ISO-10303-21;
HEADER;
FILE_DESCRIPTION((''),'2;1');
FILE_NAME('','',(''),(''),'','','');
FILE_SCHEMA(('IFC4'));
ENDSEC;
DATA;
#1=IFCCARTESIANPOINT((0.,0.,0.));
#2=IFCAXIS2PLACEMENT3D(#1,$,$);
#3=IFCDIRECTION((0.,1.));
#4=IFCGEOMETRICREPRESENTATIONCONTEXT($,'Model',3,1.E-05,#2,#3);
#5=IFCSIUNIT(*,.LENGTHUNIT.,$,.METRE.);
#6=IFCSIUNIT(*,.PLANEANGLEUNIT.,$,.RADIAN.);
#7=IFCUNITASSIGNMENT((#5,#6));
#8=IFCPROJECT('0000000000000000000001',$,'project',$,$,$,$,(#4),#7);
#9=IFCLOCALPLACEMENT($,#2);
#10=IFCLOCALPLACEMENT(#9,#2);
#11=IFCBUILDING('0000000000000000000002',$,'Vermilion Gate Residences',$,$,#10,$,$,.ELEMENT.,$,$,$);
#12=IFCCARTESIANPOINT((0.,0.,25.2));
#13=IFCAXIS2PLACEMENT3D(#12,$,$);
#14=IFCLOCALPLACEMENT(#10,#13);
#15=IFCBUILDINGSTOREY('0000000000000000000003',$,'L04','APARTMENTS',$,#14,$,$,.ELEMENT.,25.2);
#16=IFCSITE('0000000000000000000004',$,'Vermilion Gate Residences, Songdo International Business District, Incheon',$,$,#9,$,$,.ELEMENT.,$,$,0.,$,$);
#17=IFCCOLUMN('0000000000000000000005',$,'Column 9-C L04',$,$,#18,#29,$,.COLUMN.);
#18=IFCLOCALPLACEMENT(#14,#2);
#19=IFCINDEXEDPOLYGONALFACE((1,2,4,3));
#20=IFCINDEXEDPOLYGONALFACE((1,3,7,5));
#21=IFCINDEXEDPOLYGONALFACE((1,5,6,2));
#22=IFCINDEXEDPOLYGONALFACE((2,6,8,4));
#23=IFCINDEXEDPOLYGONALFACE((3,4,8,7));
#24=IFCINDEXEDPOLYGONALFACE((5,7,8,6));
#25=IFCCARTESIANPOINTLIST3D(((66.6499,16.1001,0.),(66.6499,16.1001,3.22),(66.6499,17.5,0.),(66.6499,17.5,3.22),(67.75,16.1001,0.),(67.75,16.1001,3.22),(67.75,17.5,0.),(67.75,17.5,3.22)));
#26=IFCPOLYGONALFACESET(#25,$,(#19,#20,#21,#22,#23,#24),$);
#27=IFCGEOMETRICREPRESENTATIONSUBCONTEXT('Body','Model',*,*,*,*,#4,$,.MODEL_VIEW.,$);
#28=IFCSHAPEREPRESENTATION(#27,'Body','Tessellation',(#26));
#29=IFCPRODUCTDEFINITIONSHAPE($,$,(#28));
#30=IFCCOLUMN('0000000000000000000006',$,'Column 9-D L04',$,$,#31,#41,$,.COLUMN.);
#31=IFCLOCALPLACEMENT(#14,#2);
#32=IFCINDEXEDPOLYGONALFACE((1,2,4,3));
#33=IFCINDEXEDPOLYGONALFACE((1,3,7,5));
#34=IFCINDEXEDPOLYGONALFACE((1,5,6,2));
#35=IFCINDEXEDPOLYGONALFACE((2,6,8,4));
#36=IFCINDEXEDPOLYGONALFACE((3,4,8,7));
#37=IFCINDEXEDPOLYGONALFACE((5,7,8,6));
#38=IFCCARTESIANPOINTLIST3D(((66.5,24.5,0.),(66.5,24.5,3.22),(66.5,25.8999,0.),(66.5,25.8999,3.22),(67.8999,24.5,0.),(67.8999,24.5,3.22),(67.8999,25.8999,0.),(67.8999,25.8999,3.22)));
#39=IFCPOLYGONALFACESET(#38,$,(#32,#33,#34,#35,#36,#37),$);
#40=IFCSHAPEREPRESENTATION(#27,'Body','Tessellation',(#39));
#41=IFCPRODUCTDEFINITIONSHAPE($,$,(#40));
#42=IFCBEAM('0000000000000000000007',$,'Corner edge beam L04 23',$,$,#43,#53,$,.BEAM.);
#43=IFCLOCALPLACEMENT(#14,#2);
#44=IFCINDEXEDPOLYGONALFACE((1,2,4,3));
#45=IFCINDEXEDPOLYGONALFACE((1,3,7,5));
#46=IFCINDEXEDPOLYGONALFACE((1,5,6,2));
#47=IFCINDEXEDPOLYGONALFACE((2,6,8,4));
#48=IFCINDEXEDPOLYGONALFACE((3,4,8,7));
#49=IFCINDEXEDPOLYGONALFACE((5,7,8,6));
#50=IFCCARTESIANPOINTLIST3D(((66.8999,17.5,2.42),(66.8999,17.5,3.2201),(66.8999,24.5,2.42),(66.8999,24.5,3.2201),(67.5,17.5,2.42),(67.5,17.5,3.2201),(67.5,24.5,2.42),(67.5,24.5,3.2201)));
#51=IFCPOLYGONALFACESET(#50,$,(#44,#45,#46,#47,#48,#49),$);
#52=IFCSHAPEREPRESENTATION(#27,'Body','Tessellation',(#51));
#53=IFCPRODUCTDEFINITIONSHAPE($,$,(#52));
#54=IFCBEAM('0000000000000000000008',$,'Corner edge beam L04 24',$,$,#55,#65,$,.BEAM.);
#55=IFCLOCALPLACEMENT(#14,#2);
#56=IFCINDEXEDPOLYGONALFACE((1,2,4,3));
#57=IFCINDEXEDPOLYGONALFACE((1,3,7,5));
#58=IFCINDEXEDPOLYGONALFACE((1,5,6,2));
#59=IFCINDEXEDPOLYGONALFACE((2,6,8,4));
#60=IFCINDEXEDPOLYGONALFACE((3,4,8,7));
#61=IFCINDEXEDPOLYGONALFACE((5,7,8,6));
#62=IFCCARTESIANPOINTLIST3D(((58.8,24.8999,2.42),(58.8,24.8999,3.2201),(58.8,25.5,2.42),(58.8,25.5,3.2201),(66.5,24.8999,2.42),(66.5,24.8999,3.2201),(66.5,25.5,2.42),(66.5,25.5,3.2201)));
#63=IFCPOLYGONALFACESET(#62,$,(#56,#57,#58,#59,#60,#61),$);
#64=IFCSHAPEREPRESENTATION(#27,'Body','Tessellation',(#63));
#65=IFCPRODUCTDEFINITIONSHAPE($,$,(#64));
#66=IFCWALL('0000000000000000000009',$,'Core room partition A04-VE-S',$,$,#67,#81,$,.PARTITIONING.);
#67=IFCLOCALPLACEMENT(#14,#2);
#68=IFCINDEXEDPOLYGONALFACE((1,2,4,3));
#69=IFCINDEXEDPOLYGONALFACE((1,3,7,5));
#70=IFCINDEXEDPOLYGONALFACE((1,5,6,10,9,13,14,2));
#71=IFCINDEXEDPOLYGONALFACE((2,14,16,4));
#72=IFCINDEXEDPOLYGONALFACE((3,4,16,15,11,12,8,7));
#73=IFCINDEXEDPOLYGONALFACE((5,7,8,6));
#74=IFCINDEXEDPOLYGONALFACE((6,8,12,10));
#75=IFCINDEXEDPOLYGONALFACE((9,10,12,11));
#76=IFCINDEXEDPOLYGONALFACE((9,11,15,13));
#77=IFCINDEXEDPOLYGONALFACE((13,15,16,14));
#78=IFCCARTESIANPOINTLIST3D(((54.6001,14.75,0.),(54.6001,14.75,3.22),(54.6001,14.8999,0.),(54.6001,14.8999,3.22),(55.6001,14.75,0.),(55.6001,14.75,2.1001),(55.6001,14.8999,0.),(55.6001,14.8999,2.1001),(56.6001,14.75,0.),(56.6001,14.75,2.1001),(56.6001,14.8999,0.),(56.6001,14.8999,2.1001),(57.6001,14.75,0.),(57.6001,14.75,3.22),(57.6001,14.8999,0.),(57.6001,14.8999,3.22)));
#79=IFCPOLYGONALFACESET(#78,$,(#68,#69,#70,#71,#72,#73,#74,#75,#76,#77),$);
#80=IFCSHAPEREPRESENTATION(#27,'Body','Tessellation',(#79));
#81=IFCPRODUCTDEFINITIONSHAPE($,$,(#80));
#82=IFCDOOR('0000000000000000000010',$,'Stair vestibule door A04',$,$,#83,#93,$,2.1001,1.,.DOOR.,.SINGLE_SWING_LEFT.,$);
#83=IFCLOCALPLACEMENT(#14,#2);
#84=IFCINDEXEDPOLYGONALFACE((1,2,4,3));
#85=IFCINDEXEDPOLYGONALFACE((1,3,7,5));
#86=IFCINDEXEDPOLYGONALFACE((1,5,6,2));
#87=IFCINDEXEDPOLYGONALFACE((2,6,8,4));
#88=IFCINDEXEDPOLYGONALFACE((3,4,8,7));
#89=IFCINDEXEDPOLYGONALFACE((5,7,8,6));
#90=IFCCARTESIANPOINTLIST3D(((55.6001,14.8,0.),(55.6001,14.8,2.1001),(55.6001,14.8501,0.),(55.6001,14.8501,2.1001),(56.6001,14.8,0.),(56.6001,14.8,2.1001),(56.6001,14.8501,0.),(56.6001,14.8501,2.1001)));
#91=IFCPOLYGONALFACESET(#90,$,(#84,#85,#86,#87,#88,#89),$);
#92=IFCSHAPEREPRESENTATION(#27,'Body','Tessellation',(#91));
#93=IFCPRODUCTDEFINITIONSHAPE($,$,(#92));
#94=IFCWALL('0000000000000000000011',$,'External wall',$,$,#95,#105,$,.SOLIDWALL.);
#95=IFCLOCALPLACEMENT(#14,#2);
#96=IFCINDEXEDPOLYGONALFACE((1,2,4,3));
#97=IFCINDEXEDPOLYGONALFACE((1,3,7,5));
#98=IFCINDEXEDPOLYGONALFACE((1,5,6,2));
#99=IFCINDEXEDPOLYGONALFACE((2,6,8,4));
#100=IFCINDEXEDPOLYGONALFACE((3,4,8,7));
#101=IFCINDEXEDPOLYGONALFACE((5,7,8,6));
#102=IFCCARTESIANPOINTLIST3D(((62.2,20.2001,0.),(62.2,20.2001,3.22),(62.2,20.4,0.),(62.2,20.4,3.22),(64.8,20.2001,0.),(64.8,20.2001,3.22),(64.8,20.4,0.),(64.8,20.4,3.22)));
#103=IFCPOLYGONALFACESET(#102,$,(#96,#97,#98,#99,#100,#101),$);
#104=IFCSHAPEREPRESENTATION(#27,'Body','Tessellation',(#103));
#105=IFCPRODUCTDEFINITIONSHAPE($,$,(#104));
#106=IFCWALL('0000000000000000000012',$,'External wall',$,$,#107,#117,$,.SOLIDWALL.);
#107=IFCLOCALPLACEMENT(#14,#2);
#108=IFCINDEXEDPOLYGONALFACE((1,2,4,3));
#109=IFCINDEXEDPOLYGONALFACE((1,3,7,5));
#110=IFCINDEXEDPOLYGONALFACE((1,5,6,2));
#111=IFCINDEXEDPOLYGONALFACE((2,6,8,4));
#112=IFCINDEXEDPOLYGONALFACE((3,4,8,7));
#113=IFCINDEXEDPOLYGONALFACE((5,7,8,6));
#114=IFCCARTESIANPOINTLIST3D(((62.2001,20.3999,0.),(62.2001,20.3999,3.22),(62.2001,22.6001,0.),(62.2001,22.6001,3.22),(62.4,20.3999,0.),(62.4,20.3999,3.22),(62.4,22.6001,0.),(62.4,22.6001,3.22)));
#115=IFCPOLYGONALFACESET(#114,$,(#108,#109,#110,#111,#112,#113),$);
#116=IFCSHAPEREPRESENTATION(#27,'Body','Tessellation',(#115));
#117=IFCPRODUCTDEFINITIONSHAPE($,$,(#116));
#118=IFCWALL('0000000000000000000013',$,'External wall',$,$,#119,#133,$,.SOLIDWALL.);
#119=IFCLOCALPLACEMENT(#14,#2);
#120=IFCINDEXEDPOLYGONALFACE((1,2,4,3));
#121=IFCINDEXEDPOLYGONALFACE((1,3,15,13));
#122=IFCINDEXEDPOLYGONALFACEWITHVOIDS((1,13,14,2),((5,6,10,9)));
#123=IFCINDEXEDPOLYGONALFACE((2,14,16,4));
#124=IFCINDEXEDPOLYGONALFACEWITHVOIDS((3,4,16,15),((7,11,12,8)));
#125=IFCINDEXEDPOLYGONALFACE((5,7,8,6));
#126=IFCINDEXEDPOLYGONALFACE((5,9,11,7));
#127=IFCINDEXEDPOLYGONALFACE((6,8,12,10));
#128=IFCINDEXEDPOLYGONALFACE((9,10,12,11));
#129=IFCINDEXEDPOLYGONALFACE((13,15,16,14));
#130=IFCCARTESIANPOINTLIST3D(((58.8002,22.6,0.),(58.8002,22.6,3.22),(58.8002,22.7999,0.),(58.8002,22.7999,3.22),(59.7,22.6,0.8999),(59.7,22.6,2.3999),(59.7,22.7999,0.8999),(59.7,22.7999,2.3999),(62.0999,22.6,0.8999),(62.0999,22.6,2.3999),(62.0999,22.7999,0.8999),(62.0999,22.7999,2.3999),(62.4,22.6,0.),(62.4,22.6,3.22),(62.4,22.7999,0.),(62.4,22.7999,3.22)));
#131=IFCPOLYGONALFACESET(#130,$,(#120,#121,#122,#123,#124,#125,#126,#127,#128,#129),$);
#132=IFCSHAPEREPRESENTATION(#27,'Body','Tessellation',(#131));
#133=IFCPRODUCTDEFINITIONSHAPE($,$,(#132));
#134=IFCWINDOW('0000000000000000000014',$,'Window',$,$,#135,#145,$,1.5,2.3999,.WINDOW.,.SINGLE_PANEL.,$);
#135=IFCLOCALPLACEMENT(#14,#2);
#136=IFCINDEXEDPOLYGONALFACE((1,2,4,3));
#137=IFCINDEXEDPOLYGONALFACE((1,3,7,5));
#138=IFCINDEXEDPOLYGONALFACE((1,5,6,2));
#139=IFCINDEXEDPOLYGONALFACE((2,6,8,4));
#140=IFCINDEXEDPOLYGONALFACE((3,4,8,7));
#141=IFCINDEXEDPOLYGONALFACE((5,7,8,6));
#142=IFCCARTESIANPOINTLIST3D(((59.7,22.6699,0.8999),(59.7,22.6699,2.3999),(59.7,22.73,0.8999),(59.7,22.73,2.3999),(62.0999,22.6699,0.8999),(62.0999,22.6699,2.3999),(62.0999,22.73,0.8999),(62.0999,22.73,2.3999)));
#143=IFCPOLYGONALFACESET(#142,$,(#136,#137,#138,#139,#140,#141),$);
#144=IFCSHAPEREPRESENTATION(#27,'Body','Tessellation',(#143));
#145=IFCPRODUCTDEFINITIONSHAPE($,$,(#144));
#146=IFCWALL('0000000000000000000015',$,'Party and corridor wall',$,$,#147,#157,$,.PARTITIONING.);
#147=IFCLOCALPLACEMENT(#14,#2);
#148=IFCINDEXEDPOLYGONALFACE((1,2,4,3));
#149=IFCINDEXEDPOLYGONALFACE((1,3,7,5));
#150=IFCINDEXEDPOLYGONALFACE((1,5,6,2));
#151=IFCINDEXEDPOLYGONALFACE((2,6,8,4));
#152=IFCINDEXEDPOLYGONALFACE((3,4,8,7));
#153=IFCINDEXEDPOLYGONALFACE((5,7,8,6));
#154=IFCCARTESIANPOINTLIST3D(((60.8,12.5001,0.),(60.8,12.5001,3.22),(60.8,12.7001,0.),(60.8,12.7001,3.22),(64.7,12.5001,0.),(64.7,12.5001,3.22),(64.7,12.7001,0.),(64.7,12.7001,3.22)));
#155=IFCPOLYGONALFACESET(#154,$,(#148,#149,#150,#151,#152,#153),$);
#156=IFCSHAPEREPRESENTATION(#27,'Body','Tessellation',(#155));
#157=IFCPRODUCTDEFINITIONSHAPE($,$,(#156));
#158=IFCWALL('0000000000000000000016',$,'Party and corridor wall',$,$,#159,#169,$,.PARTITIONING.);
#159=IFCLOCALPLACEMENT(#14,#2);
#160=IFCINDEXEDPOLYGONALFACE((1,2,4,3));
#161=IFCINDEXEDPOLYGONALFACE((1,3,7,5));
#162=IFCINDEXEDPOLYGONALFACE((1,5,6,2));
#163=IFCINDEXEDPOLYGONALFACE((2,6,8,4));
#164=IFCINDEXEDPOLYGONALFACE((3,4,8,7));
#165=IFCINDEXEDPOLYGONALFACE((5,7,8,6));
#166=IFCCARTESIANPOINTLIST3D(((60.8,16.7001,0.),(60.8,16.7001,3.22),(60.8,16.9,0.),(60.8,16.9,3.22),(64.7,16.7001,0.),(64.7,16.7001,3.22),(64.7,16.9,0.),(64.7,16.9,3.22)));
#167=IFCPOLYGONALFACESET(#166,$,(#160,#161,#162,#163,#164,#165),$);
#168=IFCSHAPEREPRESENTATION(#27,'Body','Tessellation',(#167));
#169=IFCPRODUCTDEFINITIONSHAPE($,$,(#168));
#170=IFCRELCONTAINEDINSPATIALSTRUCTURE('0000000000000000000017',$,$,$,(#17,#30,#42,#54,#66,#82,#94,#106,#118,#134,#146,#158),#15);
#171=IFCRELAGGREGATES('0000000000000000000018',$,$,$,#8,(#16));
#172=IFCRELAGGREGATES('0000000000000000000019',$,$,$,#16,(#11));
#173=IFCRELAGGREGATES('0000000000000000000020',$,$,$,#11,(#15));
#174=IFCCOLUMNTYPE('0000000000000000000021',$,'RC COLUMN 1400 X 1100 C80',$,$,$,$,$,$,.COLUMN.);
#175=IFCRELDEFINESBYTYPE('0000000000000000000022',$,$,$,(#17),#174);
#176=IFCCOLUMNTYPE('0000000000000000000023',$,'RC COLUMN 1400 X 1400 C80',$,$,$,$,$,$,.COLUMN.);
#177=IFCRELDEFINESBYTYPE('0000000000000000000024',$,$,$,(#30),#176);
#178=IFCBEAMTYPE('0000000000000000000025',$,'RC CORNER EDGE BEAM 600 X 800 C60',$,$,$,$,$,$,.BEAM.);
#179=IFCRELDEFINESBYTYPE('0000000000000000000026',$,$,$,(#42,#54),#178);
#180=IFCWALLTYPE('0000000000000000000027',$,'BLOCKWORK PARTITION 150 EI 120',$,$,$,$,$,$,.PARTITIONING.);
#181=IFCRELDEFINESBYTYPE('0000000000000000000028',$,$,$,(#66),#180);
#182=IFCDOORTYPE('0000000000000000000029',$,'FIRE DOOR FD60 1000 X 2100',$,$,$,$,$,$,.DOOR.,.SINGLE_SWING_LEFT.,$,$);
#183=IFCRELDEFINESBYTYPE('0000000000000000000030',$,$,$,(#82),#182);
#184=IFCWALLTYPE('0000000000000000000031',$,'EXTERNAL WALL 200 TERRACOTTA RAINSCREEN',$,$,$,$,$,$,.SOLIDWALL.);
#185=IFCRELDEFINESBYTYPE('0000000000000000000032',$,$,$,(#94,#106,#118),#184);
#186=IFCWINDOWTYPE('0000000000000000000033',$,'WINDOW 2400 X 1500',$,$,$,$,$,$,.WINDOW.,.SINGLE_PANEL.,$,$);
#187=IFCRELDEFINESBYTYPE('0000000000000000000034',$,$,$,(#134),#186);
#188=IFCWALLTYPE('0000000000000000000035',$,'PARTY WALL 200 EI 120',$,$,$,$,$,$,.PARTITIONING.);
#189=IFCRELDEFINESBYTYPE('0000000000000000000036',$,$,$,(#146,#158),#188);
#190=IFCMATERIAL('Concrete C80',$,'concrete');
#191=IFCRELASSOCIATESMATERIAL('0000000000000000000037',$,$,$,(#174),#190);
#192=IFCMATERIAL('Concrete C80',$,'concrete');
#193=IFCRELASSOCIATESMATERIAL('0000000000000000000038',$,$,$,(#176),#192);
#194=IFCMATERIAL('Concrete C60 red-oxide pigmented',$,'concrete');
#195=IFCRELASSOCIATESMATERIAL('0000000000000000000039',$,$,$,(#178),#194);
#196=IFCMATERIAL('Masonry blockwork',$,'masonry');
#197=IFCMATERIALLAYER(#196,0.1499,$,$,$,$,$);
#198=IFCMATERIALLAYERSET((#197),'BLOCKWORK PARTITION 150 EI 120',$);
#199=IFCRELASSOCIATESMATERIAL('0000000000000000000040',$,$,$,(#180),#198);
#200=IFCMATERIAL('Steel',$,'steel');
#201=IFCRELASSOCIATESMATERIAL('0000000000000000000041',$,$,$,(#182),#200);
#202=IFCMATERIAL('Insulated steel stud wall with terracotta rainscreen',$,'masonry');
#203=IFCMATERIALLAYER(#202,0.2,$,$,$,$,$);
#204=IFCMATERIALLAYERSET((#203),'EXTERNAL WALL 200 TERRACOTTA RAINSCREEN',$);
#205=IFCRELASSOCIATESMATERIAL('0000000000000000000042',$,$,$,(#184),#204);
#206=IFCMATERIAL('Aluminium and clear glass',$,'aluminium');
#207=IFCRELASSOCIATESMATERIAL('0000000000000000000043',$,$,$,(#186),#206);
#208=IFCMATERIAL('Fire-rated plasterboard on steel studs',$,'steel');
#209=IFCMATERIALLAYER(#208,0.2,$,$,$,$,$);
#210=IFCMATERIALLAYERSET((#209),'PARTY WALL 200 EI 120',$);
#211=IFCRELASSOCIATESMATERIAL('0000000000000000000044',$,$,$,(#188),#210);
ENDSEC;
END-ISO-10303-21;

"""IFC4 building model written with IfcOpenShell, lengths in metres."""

from ifc_helpers import new_model, si_unit, direction, frame, frame_2d, origin, origin_2d, place, context, subcontext, project, spatial, rectangle, extrude, material, layer, layer_set, material_profile, profile_set, type_object, element, fill, save


model = new_model("IFC4")

# Units and contexts
model_context = context("Model", 3, precision=1e-05, world=origin(), true_north=direction((0.0, 1.0)))
body_context = subcontext(model_context, "Body", "Model", "MODEL_VIEW")
ifc_project = project(units=[si_unit("LENGTHUNIT", "METRE"), si_unit("PLANEANGLEUNIT", "RADIAN")], contexts=[model_context])

# Site, building, storey
site_placement = place(None, origin())
site = spatial("IfcSite", under=ifc_project, at=site_placement, Name="Vermilion Gate Residences, Songdo International Business District, Incheon", CompositionType="ELEMENT", RefElevation=0.0)
building_placement = place(site_placement, origin())
building = spatial("IfcBuilding", under=site, at=building_placement, Name="Vermilion Gate Residences", CompositionType="ELEMENT")
storey_placement = place(building_placement, frame((0.0, 0.0, 25.2)))
storey = spatial("IfcBuildingStorey", under=building, at=storey_placement, Name="L04", Description="APARTMENTS", CompositionType="ELEMENT", Elevation=25.2)

# Columns
ifc_material_1 = material(Name="Concrete C80", Category="concrete")
ifc_material_profile_1 = material_profile(ifc_material_1, rectangle(XDim=1.3999, YDim=1.1001, at=origin_2d()), Name="RC-1400x1100")
ifc_profile_set_1 = profile_set([ifc_material_profile_1], Name="Concrete C80")
column_type_1 = type_object("IfcColumnType", Name="RC COLUMN 1400 X 1100 C80", PredefinedType="COLUMN", material=ifc_profile_set_1)
column_1_placement = place(storey_placement, frame((67.2, 16.8, 0.0), z_axis=(0.0, 0.0, 1.0), x_axis=(0.0, 1.0, 0.0)))
element("IfcColumn", 1, at=column_1_placement, inside=storey, type_object=column_type_1, Name="Column 9-C L04", PredefinedType="COLUMN", context=body_context, shape_type="SweptSolid", body=[
    extrude(rectangle(XDim=1.3999, YDim=1.1001, at=origin_2d()), origin(), (0.0, 0.0, 1.0), 3.22),
])
ifc_material_2 = material(Name="Concrete C80", Category="concrete")
ifc_material_profile_2 = material_profile(ifc_material_2, rectangle(XDim=1.3999, YDim=1.3999, at=origin_2d()), Name="RC-1400x1400")
ifc_profile_set_2 = profile_set([ifc_material_profile_2], Name="Concrete C80")
column_type_2 = type_object("IfcColumnType", Name="RC COLUMN 1400 X 1400 C80", PredefinedType="COLUMN", material=ifc_profile_set_2)
column_2_placement = place(storey_placement, frame((67.2, 25.2, 0.0), z_axis=(0.0, 0.0, 1.0), x_axis=(1.0, 0.0, 0.0)))
element("IfcColumn", 2, at=column_2_placement, inside=storey, type_object=column_type_2, Name="Column 9-D L04", PredefinedType="COLUMN", context=body_context, shape_type="SweptSolid", body=[
    extrude(rectangle(XDim=1.3999, YDim=1.3999, at=origin_2d()), origin(), (0.0, 0.0, 1.0), 3.22),
])

# Beams
ifc_material_3 = material(Name="Concrete C60 red-oxide pigmented", Category="concrete")
ifc_material_profile_3 = material_profile(ifc_material_3, rectangle(XDim=0.6001, YDim=0.8, at=origin_2d()), Name="RC-600x800")
ifc_profile_set_3 = profile_set([ifc_material_profile_3], Name="Concrete C60 red-oxide pigmented")
beam_type = type_object("IfcBeamType", Name="RC CORNER EDGE BEAM 600 X 800 C60", PredefinedType="BEAM", material=ifc_profile_set_3)
beam_1_placement = place(storey_placement, frame((67.2, 17.5, 2.8201), z_axis=(0.0, 1.0, 0.0), x_axis=(-1.0, 0.0, 0.0)))
element("IfcBeam", 3, at=beam_1_placement, inside=storey, type_object=beam_type, Name="Corner edge beam L04 23", PredefinedType="BEAM", context=body_context, shape_type="SweptSolid", body=[
    extrude(rectangle(XDim=0.6001, YDim=0.8, at=origin_2d()), origin(), (0.0, 0.0, 1.0), 7.0),
])
beam_2_placement = place(storey_placement, frame((58.8, 25.2, 2.8201), z_axis=(1.0, 0.0, 0.0), x_axis=(0.0, 1.0, 0.0)))
element("IfcBeam", 4, at=beam_2_placement, inside=storey, type_object=beam_type, Name="Corner edge beam L04 24", PredefinedType="BEAM", context=body_context, shape_type="SweptSolid", body=[
    extrude(rectangle(XDim=0.6001, YDim=0.8, at=origin_2d()), origin(), (0.0, 0.0, 1.0), 7.7),
])

# Wall, opening, door
ifc_material_4 = material(Name="Masonry blockwork", Category="masonry")
ifc_layer_1 = layer(ifc_material_4, 0.1499)
ifc_layer_set_1 = layer_set([ifc_layer_1], Name="BLOCKWORK PARTITION 150 EI 120")
wall_type_1 = type_object("IfcWallType", Name="BLOCKWORK PARTITION 150 EI 120", PredefinedType="PARTITIONING", material=ifc_layer_set_1)
wall_1_placement = place(storey_placement, frame((54.6001, 14.825, 0.0), z_axis=(0.0, 0.0, 1.0), x_axis=(1.0, 0.0, 0.0)))
wall_1 = element("IfcWall", 5, at=wall_1_placement, inside=storey, type_object=wall_type_1, Name="Core room partition A04-VE-S", PredefinedType="PARTITIONING", context=body_context, shape_type="SweptSolid", body=[
    extrude(rectangle(XDim=3.0, YDim=0.1499, at=frame_2d((1.5, 0.0))), origin(), (0.0, 0.0, 1.0), 3.22),
])
opening_1_placement = place(wall_1_placement, frame((1.0, 0.0, 0.0)))
opening_1 = element("IfcOpeningElement", 6, at=opening_1_placement, cuts=wall_1, PredefinedType="OPENING", context=body_context, shape_type="SweptSolid", body=[
    extrude(rectangle(XDim=1.0, YDim=2.1001, at=frame_2d((0.5, 1.05))), frame((0.0, 0.085, 0.0), z_axis=(0.0, -1.0, 0.0), x_axis=(1.0, 0.0, 0.0)), (0.0, 0.0, 1.0), 0.1699),
])
ifc_material_5 = material(Name="Steel", Category="steel")
door_type_1 = type_object("IfcDoorType", Name="FIRE DOOR FD60 1000 X 2100", OperationType="SINGLE_SWING_LEFT", PredefinedType="DOOR", material=ifc_material_5)
door_1_placement = place(opening_1_placement, frame((1.0, 0.0, 0.0), z_axis=(0.0, 0.0, 1.0), x_axis=(-1.0, 0.0, 0.0)))
door_1 = element("IfcDoor", 7, at=door_1_placement, inside=storey, type_object=door_type_1, Name="Stair vestibule door A04", OperationType="SINGLE_SWING_LEFT", OverallHeight=2.1001, OverallWidth=1.0, PredefinedType="DOOR", context=body_context, shape_type="SweptSolid", body=[
    extrude(rectangle(XDim=1.0, YDim=2.1001, at=frame_2d((0.5, 1.05))), frame((0.0, 0.0249, 0.0), z_axis=(0.0, -1.0, 0.0), x_axis=(1.0, 0.0, 0.0)), (0.0, 0.0, 1.0), 0.05),
])
fill(opening_1, door_1)

# Walls
ifc_material_6 = material(Name="Insulated steel stud wall with terracotta rainscreen", Category="masonry")
ifc_layer_2 = layer(ifc_material_6, 0.2)
ifc_layer_set_2 = layer_set([ifc_layer_2], Name="EXTERNAL WALL 200 TERRACOTTA RAINSCREEN")
wall_type_2 = type_object("IfcWallType", Name="EXTERNAL WALL 200 TERRACOTTA RAINSCREEN", PredefinedType="SOLIDWALL", material=ifc_layer_set_2)
wall_2_placement = place(storey_placement, frame((64.8, 20.3, 0.0), z_axis=(0.0, 0.0, 1.0), x_axis=(-1.0, 0.0, 0.0)))
element("IfcWall", 8, at=wall_2_placement, inside=storey, type_object=wall_type_2, Name="External wall", PredefinedType="SOLIDWALL", context=body_context, shape_type="SweptSolid", body=[
    extrude(rectangle(XDim=2.6001, YDim=0.2, at=frame_2d((1.3, 0.0))), origin(), (0.0, 0.0, 1.0), 3.22),
])
wall_3_placement = place(storey_placement, frame((62.3, 20.3999, 0.0), z_axis=(0.0, 0.0, 1.0), x_axis=(0.0, 1.0, 0.0)))
element("IfcWall", 9, at=wall_3_placement, inside=storey, type_object=wall_type_2, Name="External wall", PredefinedType="SOLIDWALL", context=body_context, shape_type="SweptSolid", body=[
    extrude(rectangle(XDim=2.2002, YDim=0.2, at=frame_2d((1.1001, 0.0))), origin(), (0.0, 0.0, 1.0), 3.22),
])

# Wall, opening, window
wall_4_placement = place(storey_placement, frame((62.3999, 22.7, 0.0), z_axis=(0.0, 0.0, 1.0), x_axis=(-1.0, 0.0, 0.0)))
wall_4 = element("IfcWall", 10, at=wall_4_placement, inside=storey, type_object=wall_type_2, Name="External wall", PredefinedType="SOLIDWALL", context=body_context, shape_type="SweptSolid", body=[
    extrude(rectangle(XDim=3.5999, YDim=0.2, at=frame_2d((1.7998, 0.0))), origin(), (0.0, 0.0, 1.0), 3.22),
])
opening_2_placement = place(wall_4_placement, frame((0.3, 0.0, 0.8999)))
opening_2 = element("IfcOpeningElement", 11, at=opening_2_placement, cuts=wall_4, PredefinedType="OPENING", context=body_context, shape_type="SweptSolid", body=[
    extrude(rectangle(XDim=2.3999, YDim=1.5, at=frame_2d((1.2, 0.75))), frame((0.0, 0.1099, 0.0), z_axis=(0.0, -1.0, 0.0), x_axis=(1.0, 0.0, 0.0)), (0.0, 0.0, 1.0), 0.22),
])
ifc_material_7 = material(Name="Aluminium and clear glass", Category="aluminium")
window_type = type_object("IfcWindowType", Name="WINDOW 2400 X 1500", PartitioningType="SINGLE_PANEL", PredefinedType="WINDOW", material=ifc_material_7)
window_placement = place(opening_2_placement, origin())
window = element("IfcWindow", 12, at=window_placement, inside=storey, type_object=window_type, Name="Window", OverallHeight=1.5, OverallWidth=2.3999, PartitioningType="SINGLE_PANEL", PredefinedType="WINDOW", context=body_context, shape_type="SweptSolid", body=[
    extrude(rectangle(XDim=2.3999, YDim=1.5, at=frame_2d((1.2, 0.75))), frame((0.0, 0.03, 0.0), z_axis=(0.0, -1.0, 0.0), x_axis=(1.0, 0.0, 0.0)), (0.0, 0.0, 1.0), 0.0601),
])
fill(opening_2, window)

# Walls
ifc_material_8 = material(Name="Fire-rated plasterboard on steel studs", Category="steel")
ifc_layer_3 = layer(ifc_material_8, 0.2)
ifc_layer_set_3 = layer_set([ifc_layer_3], Name="PARTY WALL 200 EI 120")
wall_type_3 = type_object("IfcWallType", Name="PARTY WALL 200 EI 120", PredefinedType="PARTITIONING", material=ifc_layer_set_3)
for number, where, z_axis, x_axis, name in (
    (13, (60.8, 12.6001, 0.0), (0.0, 0.0, 1.0), (1.0, 0.0, 0.0), "Party and corridor wall"),
    (14, (60.8, 16.8, 0.0), (0.0, 0.0, 1.0), (1.0, 0.0, 0.0), "Party and corridor wall"),
):
    element("IfcWall", number, at=place(storey_placement, frame(where, z_axis=z_axis, x_axis=x_axis)), inside=storey, type_object=wall_type_3, Name=name, PredefinedType="PARTITIONING", context=body_context, shape_type="SweptSolid", body=[
        extrude(rectangle(XDim=3.8999, YDim=0.2, at=frame_2d((1.95, 0.0))), origin(), (0.0, 0.0, 1.0), 3.22),
    ])

save(model, "model.ifc")
